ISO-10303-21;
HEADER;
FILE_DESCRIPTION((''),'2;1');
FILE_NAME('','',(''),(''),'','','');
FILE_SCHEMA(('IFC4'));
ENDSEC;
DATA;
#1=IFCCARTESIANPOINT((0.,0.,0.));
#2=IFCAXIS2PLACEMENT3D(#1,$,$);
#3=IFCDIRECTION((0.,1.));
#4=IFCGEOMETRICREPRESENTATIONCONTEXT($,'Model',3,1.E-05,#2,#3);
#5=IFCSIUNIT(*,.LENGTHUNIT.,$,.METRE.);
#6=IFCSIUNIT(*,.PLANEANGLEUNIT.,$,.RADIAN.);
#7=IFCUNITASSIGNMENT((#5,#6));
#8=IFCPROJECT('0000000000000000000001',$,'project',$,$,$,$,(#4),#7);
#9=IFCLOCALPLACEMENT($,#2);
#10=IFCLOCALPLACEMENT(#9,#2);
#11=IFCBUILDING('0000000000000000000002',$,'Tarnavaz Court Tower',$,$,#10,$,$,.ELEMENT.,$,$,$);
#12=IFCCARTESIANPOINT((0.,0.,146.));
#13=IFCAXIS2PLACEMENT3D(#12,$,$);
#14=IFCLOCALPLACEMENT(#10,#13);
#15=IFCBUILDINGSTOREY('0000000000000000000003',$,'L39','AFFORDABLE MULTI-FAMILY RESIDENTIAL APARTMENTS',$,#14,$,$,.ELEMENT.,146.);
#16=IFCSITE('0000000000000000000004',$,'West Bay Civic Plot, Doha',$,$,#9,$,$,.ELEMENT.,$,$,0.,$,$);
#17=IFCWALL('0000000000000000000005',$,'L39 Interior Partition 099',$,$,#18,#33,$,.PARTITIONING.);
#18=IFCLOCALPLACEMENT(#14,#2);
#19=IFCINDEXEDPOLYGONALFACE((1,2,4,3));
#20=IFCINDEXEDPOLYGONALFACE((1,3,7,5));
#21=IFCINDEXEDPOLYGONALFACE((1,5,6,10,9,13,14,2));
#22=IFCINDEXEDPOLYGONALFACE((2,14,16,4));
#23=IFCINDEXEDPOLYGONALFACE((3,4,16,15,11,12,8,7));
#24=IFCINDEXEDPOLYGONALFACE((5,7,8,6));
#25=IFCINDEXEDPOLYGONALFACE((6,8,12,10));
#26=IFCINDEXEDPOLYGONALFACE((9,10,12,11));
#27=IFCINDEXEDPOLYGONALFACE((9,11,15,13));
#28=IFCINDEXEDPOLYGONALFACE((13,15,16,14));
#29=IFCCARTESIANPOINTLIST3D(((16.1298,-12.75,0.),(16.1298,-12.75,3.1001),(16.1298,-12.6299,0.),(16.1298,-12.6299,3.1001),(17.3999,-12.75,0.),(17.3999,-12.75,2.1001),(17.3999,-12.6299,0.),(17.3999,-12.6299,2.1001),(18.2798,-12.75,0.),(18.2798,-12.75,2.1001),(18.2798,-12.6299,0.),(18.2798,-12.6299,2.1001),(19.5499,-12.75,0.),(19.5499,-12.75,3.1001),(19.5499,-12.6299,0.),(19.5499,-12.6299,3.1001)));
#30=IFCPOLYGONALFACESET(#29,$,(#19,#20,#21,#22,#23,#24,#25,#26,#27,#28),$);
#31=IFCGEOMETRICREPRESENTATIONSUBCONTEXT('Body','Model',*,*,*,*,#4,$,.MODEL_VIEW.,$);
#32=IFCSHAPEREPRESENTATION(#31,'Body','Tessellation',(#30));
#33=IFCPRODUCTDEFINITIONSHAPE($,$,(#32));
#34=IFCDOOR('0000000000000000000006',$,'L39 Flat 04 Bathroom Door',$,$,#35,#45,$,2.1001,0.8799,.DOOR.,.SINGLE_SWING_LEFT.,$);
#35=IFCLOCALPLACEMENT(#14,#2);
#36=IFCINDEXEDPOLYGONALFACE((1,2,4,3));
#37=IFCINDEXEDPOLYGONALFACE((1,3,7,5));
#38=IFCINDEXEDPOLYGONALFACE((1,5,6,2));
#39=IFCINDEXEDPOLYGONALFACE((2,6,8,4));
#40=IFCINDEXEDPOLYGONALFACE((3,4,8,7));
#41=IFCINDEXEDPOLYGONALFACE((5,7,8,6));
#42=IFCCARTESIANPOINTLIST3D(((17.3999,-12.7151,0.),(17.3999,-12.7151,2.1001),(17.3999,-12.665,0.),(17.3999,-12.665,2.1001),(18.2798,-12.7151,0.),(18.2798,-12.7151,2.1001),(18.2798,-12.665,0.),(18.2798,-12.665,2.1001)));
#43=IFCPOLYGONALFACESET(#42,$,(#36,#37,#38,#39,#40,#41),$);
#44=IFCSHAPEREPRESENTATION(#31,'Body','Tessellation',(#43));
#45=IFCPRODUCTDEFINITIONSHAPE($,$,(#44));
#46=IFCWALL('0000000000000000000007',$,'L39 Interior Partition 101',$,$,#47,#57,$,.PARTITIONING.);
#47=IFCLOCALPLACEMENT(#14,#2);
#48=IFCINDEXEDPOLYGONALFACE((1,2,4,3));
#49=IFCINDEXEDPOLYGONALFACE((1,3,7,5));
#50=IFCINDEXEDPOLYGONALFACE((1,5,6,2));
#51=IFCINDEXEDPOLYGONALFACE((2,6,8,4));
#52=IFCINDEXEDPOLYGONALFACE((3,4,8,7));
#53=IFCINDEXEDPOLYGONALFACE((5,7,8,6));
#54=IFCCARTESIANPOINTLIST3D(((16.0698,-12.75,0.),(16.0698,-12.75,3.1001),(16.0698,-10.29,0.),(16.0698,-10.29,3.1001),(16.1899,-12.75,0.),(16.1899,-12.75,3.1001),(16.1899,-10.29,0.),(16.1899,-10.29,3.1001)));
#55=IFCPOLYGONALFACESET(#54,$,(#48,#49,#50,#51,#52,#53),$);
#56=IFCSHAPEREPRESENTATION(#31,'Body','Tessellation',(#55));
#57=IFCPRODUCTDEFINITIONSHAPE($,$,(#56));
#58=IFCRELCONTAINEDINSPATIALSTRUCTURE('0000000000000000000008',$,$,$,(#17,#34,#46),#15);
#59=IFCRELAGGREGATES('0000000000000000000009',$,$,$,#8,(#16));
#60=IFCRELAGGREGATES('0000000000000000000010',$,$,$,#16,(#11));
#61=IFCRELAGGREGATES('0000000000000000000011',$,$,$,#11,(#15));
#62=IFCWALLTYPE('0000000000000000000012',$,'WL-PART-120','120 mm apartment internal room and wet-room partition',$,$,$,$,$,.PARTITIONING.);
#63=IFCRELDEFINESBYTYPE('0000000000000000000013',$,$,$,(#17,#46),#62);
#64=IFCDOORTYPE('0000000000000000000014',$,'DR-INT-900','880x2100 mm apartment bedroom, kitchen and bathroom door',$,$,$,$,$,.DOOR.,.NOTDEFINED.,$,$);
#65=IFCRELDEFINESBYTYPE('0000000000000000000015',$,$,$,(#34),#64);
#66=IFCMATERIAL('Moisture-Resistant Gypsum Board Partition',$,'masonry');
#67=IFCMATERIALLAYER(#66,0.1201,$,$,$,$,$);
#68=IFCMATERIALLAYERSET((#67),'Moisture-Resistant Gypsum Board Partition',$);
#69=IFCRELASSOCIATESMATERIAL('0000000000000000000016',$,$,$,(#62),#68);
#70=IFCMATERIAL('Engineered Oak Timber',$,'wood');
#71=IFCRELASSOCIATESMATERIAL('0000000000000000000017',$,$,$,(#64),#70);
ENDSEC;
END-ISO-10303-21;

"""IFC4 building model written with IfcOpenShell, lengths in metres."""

from ifc_helpers import new_model, si_unit, direction, frame, frame_2d, origin, place, context, subcontext, project, spatial, rectangle, extrude, material, layer, layer_set, type_object, element, fill, save


model = new_model("IFC4")

# Units and contexts
model_context = context("Model", 3, precision=1e-05, world=origin(), true_north=direction((0.0, 1.0)))
body_context = subcontext(model_context, "Body", "Model", "MODEL_VIEW")
ifc_project = project(units=[si_unit("LENGTHUNIT", "METRE"), si_unit("PLANEANGLEUNIT", "RADIAN")], contexts=[model_context])

# Site, building, storey
site_placement = place(None, origin())
site = spatial("IfcSite", under=ifc_project, at=site_placement, Name="West Bay Civic Plot, Doha", CompositionType="ELEMENT", RefElevation=0.0)
building_placement = place(site_placement, origin())
building = spatial("IfcBuilding", under=site, at=building_placement, Name="Tarnavaz Court Tower", CompositionType="ELEMENT")
storey_placement = place(building_placement, frame((0.0, 0.0, 146.0)))
storey = spatial("IfcBuildingStorey", under=building, at=storey_placement, Name="L39", Description="AFFORDABLE MULTI-FAMILY RESIDENTIAL APARTMENTS", CompositionType="ELEMENT", Elevation=146.0)

# Wall, opening, door
ifc_material_1 = material(Name="Engineered Oak Timber", Category="wood")
ifc_material_2 = material(Name="Moisture-Resistant Gypsum Board Partition", Category="masonry")
ifc_layer_1 = layer(ifc_material_2, 0.1201)
ifc_layer_set_1 = layer_set([ifc_layer_1], Name="Moisture-Resistant Gypsum Board Partition")
wall_type_1 = type_object("IfcWallType", Name="WL-PART-120", Description="120 mm apartment internal room and wet-room partition", PredefinedType="PARTITIONING", material=ifc_layer_set_1)
door_type_1 = type_object("IfcDoorType", Name="DR-INT-900", Description="880x2100 mm apartment bedroom, kitchen and bathroom door", OperationType="NOTDEFINED", PredefinedType="DOOR", material=ifc_material_1)
wall_1_placement = place(storey_placement, frame((16.1299, -12.6899, 0.0), z_axis=(0.0, 0.0, 1.0), x_axis=(1.0, 0.0, 0.0)))
wall_1 = element("IfcWall", 1, at=wall_1_placement, inside=storey, type_object=wall_type_1, Name="L39 Interior Partition 099", PredefinedType="PARTITIONING", context=body_context, shape_type="SweptSolid", body=[
    extrude(rectangle(XDim=3.4202, YDim=0.1201, at=frame_2d((1.71, 0.0))), origin(), (0.0, 0.0, 1.0), 3.1001),
])
opening_1_placement = place(wall_1_placement, frame((1.27, 0.0, 0.0)))
opening_1 = element("IfcOpeningElement", 2, at=opening_1_placement, cuts=wall_1, PredefinedType="OPENING", context=body_context, shape_type="SweptSolid", body=[
    extrude(rectangle(XDim=0.8799, YDim=2.1001, at=frame_2d((0.4399, 1.05))), frame((0.0, 0.0701, 0.0), z_axis=(0.0, -1.0, 0.0), x_axis=(1.0, 0.0, 0.0)), (0.0, 0.0, 1.0), 0.1401),
])
door_1_placement = place(opening_1_placement, origin())
door_1 = element("IfcDoor", 3, at=door_1_placement, inside=storey, type_object=door_type_1, Name="L39 Flat 04 Bathroom Door", OperationType="SINGLE_SWING_LEFT", OverallHeight=2.1001, OverallWidth=0.8799, PredefinedType="DOOR", context=body_context, shape_type="SweptSolid", body=[
    extrude(rectangle(XDim=0.8799, YDim=2.1001, at=frame_2d((0.4399, 1.05))), frame((0.0, 0.0249, 0.0), z_axis=(0.0, -1.0, 0.0), x_axis=(1.0, 0.0, 0.0)), (0.0, 0.0, 1.0), 0.05),
])
fill(opening_1, door_1)

# Wall
wall_2_placement = place(storey_placement, frame((16.1299, -12.75, 0.0), z_axis=(0.0, 0.0, 1.0), x_axis=(0.0, 1.0, 0.0)))
element("IfcWall", 4, at=wall_2_placement, inside=storey, type_object=wall_type_1, Name="L39 Interior Partition 101", PredefinedType="PARTITIONING", context=body_context, shape_type="SweptSolid", body=[
    extrude(rectangle(XDim=2.46, YDim=0.1201, at=frame_2d((1.23, 0.0))), origin(), (0.0, 0.0, 1.0), 3.1001),
])

save(model, "model.ifc")
